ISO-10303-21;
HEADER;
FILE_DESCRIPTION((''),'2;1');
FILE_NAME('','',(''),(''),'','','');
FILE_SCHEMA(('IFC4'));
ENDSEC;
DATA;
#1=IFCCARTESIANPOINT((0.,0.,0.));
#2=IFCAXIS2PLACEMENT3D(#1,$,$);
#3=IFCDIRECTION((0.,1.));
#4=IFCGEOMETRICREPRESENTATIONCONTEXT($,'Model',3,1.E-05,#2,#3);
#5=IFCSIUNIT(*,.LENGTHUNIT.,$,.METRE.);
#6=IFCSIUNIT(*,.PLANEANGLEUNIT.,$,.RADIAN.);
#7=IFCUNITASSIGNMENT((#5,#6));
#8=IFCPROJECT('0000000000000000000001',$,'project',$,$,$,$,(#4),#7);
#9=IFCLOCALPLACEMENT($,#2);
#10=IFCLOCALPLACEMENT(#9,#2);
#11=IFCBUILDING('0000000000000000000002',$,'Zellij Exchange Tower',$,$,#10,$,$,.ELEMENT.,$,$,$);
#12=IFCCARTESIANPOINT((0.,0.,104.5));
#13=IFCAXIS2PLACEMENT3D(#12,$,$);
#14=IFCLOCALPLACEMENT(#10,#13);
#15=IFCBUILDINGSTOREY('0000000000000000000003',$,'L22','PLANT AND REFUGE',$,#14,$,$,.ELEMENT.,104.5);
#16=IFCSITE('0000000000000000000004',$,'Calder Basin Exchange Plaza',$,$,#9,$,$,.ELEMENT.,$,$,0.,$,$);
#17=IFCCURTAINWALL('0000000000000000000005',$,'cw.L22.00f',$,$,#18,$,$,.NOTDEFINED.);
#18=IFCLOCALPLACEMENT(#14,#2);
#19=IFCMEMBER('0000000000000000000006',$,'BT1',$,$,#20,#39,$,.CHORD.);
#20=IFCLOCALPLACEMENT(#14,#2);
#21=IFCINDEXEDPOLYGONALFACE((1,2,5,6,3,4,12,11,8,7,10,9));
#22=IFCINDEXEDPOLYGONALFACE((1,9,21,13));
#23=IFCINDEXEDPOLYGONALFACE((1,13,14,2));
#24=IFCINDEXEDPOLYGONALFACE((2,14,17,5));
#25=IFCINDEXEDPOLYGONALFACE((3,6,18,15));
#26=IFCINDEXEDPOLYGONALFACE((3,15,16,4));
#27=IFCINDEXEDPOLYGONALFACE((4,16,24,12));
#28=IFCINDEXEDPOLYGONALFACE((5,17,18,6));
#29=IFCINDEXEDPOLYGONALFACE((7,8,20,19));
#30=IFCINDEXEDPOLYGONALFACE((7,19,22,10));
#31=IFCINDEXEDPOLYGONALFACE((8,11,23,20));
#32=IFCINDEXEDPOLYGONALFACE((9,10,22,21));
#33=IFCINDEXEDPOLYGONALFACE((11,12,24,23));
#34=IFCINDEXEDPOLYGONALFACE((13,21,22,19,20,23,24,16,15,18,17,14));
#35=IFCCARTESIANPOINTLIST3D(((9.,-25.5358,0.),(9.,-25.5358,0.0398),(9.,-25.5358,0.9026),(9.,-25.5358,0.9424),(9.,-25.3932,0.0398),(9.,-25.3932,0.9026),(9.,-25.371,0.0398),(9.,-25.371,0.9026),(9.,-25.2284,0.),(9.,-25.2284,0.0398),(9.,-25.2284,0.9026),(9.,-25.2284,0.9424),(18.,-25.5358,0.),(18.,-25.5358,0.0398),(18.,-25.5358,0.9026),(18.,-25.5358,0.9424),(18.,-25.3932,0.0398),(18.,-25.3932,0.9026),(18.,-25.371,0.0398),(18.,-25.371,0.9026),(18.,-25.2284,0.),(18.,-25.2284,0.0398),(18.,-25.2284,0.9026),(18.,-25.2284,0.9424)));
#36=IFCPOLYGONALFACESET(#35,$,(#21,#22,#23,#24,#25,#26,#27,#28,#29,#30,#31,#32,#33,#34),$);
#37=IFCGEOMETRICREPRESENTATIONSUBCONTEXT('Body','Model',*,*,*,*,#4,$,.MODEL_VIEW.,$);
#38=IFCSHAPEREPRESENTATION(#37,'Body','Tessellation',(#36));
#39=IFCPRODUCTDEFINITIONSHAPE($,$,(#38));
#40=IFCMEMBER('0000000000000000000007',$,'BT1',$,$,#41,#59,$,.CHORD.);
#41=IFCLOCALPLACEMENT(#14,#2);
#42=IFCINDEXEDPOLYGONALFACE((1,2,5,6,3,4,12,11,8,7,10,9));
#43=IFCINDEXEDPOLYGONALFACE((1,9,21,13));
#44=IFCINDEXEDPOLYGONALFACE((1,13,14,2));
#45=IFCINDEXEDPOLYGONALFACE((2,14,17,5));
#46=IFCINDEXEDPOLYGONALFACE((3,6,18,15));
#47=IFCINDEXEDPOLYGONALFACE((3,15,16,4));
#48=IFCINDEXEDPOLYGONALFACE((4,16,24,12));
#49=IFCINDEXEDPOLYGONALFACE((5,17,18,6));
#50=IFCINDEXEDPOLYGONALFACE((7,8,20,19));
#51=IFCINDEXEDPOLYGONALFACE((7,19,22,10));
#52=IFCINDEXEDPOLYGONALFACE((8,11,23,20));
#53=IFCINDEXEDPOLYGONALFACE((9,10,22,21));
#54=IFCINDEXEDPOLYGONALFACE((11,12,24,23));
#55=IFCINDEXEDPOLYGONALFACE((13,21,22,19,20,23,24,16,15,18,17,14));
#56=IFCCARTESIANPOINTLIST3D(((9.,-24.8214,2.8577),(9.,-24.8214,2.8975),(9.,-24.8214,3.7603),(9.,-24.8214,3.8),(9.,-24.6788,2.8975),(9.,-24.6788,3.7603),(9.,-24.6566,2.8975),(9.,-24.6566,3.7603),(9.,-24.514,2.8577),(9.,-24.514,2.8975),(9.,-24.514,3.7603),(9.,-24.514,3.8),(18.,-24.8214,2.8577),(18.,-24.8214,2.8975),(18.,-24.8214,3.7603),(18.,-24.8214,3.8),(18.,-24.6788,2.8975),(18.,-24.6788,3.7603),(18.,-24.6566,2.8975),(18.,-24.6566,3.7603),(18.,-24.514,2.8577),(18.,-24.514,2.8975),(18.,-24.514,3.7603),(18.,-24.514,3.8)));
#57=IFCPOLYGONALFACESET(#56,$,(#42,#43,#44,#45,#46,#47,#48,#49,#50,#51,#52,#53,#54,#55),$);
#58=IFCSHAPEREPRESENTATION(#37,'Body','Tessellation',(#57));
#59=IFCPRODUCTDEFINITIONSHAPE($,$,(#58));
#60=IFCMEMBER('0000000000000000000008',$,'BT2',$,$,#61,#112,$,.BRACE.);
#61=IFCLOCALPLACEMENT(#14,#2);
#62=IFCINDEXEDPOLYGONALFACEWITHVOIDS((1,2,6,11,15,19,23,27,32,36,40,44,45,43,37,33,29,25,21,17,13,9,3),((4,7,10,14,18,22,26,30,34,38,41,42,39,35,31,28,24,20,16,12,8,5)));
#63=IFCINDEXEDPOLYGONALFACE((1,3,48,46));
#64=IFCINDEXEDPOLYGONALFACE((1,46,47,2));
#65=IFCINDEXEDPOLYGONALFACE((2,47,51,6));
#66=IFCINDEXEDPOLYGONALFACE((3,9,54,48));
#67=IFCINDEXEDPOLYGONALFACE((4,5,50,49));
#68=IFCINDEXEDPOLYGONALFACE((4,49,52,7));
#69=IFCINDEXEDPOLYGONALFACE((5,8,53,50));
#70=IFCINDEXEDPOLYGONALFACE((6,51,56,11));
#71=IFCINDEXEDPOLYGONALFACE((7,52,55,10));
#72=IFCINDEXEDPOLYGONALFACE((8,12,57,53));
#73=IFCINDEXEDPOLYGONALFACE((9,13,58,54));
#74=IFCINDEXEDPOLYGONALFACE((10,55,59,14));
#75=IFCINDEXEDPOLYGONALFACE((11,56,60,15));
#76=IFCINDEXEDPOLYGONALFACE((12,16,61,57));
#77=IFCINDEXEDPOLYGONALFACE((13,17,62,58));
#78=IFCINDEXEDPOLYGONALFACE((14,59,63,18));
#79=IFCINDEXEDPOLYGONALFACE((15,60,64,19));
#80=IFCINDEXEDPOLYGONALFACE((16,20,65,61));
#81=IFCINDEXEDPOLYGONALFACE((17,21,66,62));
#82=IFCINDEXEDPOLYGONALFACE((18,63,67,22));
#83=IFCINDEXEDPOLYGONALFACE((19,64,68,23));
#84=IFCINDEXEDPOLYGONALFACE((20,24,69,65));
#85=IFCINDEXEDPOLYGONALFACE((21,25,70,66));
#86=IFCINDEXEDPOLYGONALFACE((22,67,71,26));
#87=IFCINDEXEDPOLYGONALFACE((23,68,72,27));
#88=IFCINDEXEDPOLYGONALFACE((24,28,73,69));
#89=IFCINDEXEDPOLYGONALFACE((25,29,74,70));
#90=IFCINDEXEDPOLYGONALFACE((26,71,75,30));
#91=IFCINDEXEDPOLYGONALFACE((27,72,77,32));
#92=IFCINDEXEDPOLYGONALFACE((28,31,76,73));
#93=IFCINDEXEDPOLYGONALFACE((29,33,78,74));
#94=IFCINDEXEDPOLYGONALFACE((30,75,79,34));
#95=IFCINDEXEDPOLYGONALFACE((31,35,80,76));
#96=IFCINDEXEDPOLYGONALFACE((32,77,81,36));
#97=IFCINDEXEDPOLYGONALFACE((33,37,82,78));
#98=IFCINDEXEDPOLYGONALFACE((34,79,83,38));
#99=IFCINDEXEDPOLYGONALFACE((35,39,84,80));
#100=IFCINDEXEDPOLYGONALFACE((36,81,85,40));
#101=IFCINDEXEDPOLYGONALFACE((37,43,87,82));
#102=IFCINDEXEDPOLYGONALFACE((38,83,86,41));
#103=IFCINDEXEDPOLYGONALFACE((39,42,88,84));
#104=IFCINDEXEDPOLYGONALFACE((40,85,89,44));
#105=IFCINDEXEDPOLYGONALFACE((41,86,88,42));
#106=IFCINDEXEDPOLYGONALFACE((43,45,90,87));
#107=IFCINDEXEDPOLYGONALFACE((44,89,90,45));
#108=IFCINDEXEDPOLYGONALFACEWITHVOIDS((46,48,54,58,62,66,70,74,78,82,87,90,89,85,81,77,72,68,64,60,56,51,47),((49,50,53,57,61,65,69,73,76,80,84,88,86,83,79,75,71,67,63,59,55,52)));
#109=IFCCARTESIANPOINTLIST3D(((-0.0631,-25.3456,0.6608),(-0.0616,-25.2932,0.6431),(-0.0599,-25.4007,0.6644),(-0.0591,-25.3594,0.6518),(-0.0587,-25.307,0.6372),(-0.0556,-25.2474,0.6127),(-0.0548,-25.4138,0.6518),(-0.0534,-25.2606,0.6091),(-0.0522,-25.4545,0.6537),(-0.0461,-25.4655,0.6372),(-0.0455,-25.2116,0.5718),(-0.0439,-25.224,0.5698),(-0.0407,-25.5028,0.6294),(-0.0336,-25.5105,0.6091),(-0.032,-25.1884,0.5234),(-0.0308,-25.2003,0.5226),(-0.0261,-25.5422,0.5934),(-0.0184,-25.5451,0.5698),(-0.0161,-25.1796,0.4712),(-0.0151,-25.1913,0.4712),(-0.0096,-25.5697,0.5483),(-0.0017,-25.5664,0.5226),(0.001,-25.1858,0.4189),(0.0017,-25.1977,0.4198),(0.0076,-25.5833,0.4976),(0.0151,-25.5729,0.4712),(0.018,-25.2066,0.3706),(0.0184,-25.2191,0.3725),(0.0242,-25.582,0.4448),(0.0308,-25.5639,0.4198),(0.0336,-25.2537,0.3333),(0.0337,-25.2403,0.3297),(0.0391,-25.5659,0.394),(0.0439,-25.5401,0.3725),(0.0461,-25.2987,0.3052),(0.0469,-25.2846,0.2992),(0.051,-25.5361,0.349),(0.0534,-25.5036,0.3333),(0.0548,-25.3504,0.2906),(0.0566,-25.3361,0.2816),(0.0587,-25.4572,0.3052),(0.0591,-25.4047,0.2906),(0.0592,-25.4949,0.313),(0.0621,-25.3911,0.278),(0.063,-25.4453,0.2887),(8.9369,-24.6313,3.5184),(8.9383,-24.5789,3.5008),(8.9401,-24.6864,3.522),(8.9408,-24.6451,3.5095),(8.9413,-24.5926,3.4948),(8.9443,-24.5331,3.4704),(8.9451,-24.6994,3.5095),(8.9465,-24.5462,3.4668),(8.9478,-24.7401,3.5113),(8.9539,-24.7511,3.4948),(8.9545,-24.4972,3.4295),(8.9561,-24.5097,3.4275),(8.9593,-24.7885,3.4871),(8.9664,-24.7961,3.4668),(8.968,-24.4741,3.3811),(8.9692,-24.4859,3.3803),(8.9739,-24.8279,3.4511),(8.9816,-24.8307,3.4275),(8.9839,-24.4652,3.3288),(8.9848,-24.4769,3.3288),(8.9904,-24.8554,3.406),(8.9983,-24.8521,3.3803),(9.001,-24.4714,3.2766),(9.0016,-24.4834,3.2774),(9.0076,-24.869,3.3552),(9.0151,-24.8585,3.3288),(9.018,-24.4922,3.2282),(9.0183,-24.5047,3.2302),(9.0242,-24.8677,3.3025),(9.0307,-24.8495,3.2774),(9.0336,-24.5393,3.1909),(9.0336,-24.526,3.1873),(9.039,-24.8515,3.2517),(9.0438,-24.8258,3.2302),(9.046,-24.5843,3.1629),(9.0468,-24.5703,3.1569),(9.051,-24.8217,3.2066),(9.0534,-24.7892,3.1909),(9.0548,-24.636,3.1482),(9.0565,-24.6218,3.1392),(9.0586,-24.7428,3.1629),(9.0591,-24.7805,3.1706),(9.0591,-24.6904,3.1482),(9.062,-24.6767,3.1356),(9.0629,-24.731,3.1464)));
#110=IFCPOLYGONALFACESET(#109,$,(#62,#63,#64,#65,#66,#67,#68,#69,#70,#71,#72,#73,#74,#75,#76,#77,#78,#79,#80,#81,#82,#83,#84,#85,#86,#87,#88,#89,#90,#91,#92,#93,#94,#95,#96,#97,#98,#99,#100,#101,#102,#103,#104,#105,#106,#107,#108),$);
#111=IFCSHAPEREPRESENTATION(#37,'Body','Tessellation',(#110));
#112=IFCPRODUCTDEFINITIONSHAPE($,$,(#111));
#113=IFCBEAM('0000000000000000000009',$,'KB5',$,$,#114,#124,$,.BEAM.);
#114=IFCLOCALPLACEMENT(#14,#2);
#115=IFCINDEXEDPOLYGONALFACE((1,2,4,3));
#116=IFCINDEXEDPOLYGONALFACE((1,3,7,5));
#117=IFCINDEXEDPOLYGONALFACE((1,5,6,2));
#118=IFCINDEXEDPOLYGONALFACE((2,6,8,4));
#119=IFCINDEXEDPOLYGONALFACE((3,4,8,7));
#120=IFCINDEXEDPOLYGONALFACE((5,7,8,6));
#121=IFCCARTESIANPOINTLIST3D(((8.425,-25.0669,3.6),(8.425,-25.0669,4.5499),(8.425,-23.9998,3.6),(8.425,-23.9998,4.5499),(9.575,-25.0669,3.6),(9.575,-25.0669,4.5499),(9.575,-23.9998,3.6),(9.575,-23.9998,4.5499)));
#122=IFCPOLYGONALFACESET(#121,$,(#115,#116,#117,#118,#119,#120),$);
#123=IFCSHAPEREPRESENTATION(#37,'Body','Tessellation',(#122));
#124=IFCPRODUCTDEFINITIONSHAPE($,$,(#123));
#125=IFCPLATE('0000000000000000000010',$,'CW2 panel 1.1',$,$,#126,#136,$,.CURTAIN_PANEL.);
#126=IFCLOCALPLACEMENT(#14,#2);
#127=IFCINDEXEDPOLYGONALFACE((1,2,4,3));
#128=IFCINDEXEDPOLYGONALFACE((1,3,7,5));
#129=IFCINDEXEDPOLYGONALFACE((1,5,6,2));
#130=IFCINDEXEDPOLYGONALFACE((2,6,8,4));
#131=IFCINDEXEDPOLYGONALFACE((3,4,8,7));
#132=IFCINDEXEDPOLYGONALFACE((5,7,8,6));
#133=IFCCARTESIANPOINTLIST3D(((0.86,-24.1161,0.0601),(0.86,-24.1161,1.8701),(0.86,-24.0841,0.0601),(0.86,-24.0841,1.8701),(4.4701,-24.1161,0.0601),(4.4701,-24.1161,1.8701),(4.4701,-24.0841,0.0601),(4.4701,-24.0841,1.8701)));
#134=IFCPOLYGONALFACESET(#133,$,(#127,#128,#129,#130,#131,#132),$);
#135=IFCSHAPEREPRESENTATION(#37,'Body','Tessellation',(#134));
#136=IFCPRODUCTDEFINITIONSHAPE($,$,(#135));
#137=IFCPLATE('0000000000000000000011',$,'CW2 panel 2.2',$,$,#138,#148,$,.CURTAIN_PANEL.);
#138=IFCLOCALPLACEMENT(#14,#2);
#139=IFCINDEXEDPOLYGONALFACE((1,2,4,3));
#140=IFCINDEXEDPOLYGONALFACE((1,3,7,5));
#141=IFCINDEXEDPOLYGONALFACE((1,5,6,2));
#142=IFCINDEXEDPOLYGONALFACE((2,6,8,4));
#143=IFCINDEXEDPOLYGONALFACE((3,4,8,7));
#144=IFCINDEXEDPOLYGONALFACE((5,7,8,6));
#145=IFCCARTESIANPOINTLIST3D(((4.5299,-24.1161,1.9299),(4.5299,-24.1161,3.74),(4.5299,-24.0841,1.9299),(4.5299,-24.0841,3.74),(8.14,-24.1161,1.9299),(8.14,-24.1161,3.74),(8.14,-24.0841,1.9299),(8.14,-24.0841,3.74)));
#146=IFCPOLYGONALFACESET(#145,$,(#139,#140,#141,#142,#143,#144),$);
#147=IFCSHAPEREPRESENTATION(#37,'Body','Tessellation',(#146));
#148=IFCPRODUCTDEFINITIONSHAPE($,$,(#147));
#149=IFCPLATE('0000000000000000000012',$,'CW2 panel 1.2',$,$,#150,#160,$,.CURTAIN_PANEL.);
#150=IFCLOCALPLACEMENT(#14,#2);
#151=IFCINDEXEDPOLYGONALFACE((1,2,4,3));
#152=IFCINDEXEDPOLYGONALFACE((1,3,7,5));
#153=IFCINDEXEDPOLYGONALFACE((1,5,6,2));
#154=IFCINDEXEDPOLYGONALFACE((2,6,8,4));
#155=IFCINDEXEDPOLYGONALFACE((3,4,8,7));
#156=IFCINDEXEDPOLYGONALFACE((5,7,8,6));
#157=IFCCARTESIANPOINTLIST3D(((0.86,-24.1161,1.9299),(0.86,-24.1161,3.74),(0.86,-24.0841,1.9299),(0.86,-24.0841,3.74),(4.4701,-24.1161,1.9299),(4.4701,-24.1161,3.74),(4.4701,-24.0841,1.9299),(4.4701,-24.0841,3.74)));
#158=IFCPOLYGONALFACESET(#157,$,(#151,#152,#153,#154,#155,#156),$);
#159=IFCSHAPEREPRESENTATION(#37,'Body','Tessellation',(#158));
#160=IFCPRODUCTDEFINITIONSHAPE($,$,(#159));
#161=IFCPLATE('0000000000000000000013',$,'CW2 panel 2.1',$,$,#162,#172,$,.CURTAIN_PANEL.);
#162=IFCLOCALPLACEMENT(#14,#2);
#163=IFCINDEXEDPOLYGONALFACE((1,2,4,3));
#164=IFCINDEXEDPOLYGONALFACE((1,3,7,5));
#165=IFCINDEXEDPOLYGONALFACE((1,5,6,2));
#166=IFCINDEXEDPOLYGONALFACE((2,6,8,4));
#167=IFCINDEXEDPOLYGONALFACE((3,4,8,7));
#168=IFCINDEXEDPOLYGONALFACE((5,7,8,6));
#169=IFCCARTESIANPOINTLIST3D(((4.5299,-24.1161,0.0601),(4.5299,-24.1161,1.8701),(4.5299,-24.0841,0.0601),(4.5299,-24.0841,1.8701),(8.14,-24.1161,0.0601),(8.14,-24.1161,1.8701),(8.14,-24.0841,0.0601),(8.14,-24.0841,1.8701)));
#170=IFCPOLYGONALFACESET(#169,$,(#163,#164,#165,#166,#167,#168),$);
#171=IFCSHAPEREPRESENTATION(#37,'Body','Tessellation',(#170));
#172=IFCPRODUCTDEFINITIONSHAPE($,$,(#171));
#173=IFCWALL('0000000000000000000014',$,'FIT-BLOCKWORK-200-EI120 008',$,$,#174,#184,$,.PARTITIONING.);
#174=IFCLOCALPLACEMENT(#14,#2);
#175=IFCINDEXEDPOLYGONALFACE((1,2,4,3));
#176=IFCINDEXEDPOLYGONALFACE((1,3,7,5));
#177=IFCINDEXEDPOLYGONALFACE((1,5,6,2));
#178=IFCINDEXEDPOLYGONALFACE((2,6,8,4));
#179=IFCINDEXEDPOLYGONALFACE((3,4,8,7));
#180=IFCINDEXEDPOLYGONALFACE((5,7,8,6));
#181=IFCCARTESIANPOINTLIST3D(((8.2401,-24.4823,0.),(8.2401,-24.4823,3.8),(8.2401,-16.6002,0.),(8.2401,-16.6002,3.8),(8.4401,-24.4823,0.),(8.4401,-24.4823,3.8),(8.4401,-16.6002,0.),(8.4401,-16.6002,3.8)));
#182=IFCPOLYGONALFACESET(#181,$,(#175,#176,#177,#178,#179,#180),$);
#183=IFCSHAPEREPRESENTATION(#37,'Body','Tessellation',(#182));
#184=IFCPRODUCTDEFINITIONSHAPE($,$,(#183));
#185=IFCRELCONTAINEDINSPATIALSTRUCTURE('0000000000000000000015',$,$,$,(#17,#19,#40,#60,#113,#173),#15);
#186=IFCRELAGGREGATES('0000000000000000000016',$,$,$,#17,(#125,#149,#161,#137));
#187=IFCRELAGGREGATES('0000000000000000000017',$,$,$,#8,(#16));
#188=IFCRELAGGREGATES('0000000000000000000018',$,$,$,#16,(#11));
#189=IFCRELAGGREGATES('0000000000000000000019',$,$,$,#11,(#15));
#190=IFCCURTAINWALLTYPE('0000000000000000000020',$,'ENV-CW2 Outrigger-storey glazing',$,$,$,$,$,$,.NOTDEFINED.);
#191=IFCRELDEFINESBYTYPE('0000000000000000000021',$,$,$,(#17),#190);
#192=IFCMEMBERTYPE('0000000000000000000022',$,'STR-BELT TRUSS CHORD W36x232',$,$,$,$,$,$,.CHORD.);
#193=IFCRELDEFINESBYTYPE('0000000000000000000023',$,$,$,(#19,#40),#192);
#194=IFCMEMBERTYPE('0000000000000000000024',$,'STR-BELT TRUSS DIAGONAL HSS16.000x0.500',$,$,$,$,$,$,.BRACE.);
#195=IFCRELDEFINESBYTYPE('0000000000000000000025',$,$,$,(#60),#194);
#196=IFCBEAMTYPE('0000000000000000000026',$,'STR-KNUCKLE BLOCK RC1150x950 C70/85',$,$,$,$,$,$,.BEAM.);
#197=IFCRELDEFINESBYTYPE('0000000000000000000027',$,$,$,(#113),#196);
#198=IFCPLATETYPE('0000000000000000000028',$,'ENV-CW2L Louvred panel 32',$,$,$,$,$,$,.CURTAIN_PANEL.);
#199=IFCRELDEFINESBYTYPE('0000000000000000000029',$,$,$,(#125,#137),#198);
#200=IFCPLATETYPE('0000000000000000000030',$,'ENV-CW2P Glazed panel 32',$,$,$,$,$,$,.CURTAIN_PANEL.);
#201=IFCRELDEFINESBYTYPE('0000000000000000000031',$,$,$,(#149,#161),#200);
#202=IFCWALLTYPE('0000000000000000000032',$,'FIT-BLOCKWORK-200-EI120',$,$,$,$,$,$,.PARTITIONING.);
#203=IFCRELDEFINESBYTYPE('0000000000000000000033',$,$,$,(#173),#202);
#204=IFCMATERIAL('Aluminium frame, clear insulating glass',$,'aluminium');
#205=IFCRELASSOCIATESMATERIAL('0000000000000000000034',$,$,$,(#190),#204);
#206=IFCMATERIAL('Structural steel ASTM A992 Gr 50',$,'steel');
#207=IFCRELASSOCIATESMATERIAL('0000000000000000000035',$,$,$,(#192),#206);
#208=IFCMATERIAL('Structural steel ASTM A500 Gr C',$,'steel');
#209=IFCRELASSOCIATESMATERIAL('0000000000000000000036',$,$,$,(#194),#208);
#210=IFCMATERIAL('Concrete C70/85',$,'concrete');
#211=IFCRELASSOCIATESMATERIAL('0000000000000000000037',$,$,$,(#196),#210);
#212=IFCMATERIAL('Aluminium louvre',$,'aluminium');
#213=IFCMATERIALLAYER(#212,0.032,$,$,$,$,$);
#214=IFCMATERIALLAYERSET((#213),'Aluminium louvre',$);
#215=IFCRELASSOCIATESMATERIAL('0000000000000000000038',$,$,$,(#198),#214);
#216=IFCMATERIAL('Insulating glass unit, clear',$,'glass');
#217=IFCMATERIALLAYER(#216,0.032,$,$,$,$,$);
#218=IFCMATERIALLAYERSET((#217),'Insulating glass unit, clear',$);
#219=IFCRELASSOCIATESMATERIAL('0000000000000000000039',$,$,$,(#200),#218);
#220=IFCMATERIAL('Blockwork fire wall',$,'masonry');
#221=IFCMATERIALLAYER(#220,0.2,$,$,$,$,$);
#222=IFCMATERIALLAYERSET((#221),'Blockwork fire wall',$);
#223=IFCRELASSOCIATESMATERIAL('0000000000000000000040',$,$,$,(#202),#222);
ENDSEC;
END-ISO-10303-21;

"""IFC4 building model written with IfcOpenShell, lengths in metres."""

from ifc_helpers import new_model, si_unit, direction, frame, frame_2d, origin, origin_2d, place, context, subcontext, project, spatial, rectangle, hollow_circle, i_section, extrude, material, layer, layer_set, material_profile, profile_set, type_object, element, aggregate, save


model = new_model("IFC4")

# Units and contexts
model_context = context("Model", 3, precision=1e-05, world=origin(), true_north=direction((0.0, 1.0)))
body_context = subcontext(model_context, "Body", "Model", "MODEL_VIEW")
ifc_project = project(units=[si_unit("LENGTHUNIT", "METRE"), si_unit("PLANEANGLEUNIT", "RADIAN")], contexts=[model_context])

# Site, building, storey
site_placement = place(None, origin())
site = spatial("IfcSite", under=ifc_project, at=site_placement, Name="Calder Basin Exchange Plaza", CompositionType="ELEMENT", RefElevation=0.0)
building_placement = place(site_placement, origin())
building = spatial("IfcBuilding", under=site, at=building_placement, Name="Zellij Exchange Tower", CompositionType="ELEMENT")
storey_placement = place(building_placement, frame((0.0, 0.0, 104.5)))
storey = spatial("IfcBuildingStorey", under=building, at=storey_placement, Name="L22", Description="PLANT AND REFUGE", CompositionType="ELEMENT", Elevation=104.5)

# Shared definitions
ifc_material_1 = material(Name="Concrete C70/85", Category="concrete")

# Curtain wall
ifc_material_2 = material(Name="Aluminium frame, clear insulating glass", Category="aluminium")
curtain_wall_type = type_object("IfcCurtainWallType", Name="ENV-CW2 Outrigger-storey glazing", PredefinedType="NOTDEFINED", material=ifc_material_2)
curtain_wall_placement = place(storey_placement, origin())
curtain_wall = element("IfcCurtainWall", 1, at=curtain_wall_placement, inside=storey, type_object=curtain_wall_type, Name="cw.L22.00f", PredefinedType="NOTDEFINED")

# Members
ifc_material_3 = material(Name="Structural steel ASTM A992 Gr 50", Category="steel")
ifc_material_profile_1 = material_profile(ifc_material_3, i_section(OverallWidth=0.3074, OverallDepth=0.9424, WebThickness=0.0222, FlangeThickness=0.0398, at=origin_2d()), Name="W36x232")
ifc_profile_set_1 = profile_set([ifc_material_profile_1], Name="Structural steel ASTM A992 Gr 50")
member_type_1 = type_object("IfcMemberType", Name="STR-BELT TRUSS CHORD W36x232", PredefinedType="CHORD", material=ifc_profile_set_1)
for number, where, z_axis, x_axis, name in (
    (2, (9.0, -25.3821, 0.4712), (1.0, 0.0, 0.0), (0.0, 1.0, 0.0), "BT1"),
    (3, (9.0, -24.6677, 3.3289), (1.0, 0.0, 0.0), (0.0, 1.0, 0.0), "BT1"),
):
    element("IfcMember", number, at=place(storey_placement, frame(where, z_axis=z_axis, x_axis=x_axis)), inside=storey, type_object=member_type_1, Name=name, PredefinedType="CHORD", context=body_context, shape_type="SweptSolid", body=[
        extrude(i_section(OverallWidth=0.3074, OverallDepth=0.9424, WebThickness=0.0222, FlangeThickness=0.0398, at=origin_2d()), origin(), (0.0, 0.0, 1.0), 9.0),
    ])
ifc_material_4 = material(Name="Structural steel ASTM A500 Gr C", Category="steel")
ifc_material_profile_2 = material_profile(ifc_material_4, hollow_circle(Radius=0.2031, WallThickness=0.0117, at=origin_2d()), Name="STR-BELT TRUSS DIAGONAL HSS16.000x0.500")
ifc_profile_set_2 = profile_set([ifc_material_profile_2], Name="Structural steel ASTM A500 Gr C")
member_type_2 = type_object("IfcMemberType", Name="STR-BELT TRUSS DIAGONAL HSS16.000x0.500", PredefinedType="BRACE", material=ifc_profile_set_2)
member_1_placement = place(storey_placement, frame((0.0, -25.3821, 0.4712), z_axis=(0.950393, 0.075435, 0.301767), x_axis=(-0.079124, 0.996865, 0.0)))
element("IfcMember", 4, at=member_1_placement, inside=storey, type_object=member_type_2, Name="BT2", PredefinedType="BRACE", context=body_context, shape_type="SweptSolid", body=[
    extrude(hollow_circle(Radius=0.2031, WallThickness=0.0117, at=origin_2d()), origin(), (0.0, 0.0, 1.0), 9.4697),
])

# Beam
ifc_material_profile_3 = material_profile(ifc_material_1, rectangle(XDim=1.1499, YDim=0.95, at=origin_2d()), Name="STR-KNUCKLE BLOCK RC1150x950 C70/85")
ifc_profile_set_3 = profile_set([ifc_material_profile_3], Name="Concrete C70/85")
beam_type = type_object("IfcBeamType", Name="STR-KNUCKLE BLOCK RC1150x950 C70/85", PredefinedType="BEAM", material=ifc_profile_set_3)
beam_placement = place(storey_placement, frame((9.0, -25.0669, 4.075), z_axis=(0.0, 1.0, 0.0), x_axis=(-1.0, 0.0, 0.0)))
element("IfcBeam", 5, at=beam_placement, inside=storey, type_object=beam_type, Name="KB5", PredefinedType="BEAM", context=body_context, shape_type="SweptSolid", body=[
    extrude(rectangle(XDim=1.1499, YDim=0.95, at=origin_2d()), origin(), (0.0, 0.0, 1.0), 1.0671),
])

# Plates
ifc_material_5 = material(Name="Aluminium louvre", Category="aluminium")
ifc_layer_1 = layer(ifc_material_5, 0.032)
ifc_layer_set_1 = layer_set([ifc_layer_1], Name="Aluminium louvre")
plate_type_1 = type_object("IfcPlateType", Name="ENV-CW2L Louvred panel 32", PredefinedType="CURTAIN_PANEL", material=ifc_layer_set_1)
plate_1_placement = place(storey_placement, frame((2.665, -24.1001, 0.0601), z_axis=(0.0, 0.0, 1.0), x_axis=(1.0, 0.0, 0.0)))
plate_1 = element("IfcPlate", 6, at=plate_1_placement, type_object=plate_type_1, Name="CW2 panel 1.1", PredefinedType="CURTAIN_PANEL", context=body_context, shape_type="SweptSolid", body=[
    extrude(rectangle(XDim=3.6101, YDim=0.032, at=origin_2d()), origin(), (0.0, 0.0, 1.0), 1.8101),
])
plate_2_placement = place(storey_placement, frame((6.335, -24.1001, 1.9299), z_axis=(0.0, 0.0, 1.0), x_axis=(1.0, 0.0, 0.0)))
plate_2 = element("IfcPlate", 7, at=plate_2_placement, type_object=plate_type_1, Name="CW2 panel 2.2", PredefinedType="CURTAIN_PANEL", context=body_context, shape_type="SweptSolid", body=[
    extrude(rectangle(XDim=3.6101, YDim=0.032, at=origin_2d()), origin(), (0.0, 0.0, 1.0), 1.8101),
])
ifc_material_6 = material(Name="Insulating glass unit, clear", Category="glass")
ifc_layer_2 = layer(ifc_material_6, 0.032)
ifc_layer_set_2 = layer_set([ifc_layer_2], Name="Insulating glass unit, clear")
plate_type_2 = type_object("IfcPlateType", Name="ENV-CW2P Glazed panel 32", PredefinedType="CURTAIN_PANEL", material=ifc_layer_set_2)
plate_3_placement = place(storey_placement, frame((2.665, -24.1001, 1.9299), z_axis=(0.0, 0.0, 1.0), x_axis=(1.0, 0.0, 0.0)))
plate_3 = element("IfcPlate", 8, at=plate_3_placement, type_object=plate_type_2, Name="CW2 panel 1.2", PredefinedType="CURTAIN_PANEL", context=body_context, shape_type="SweptSolid", body=[
    extrude(rectangle(XDim=3.6101, YDim=0.032, at=origin_2d()), origin(), (0.0, 0.0, 1.0), 1.8101),
])
plate_4_placement = place(storey_placement, frame((6.335, -24.1001, 0.0601), z_axis=(0.0, 0.0, 1.0), x_axis=(1.0, 0.0, 0.0)))
plate_4 = element("IfcPlate", 9, at=plate_4_placement, type_object=plate_type_2, Name="CW2 panel 2.1", PredefinedType="CURTAIN_PANEL", context=body_context, shape_type="SweptSolid", body=[
    extrude(rectangle(XDim=3.6101, YDim=0.032, at=origin_2d()), origin(), (0.0, 0.0, 1.0), 1.8101),
])
aggregate(curtain_wall, [plate_1, plate_3, plate_4, plate_2])

# Wall
ifc_material_7 = material(Name="Blockwork fire wall", Category="masonry")
ifc_layer_3 = layer(ifc_material_7, 0.2)
ifc_layer_set_3 = layer_set([ifc_layer_3], Name="Blockwork fire wall")
wall_type = type_object("IfcWallType", Name="FIT-BLOCKWORK-200-EI120", PredefinedType="PARTITIONING", material=ifc_layer_set_3)
wall_placement = place(storey_placement, frame((8.3401, -24.4822, 0.0), z_axis=(0.0, 0.0, 1.0), x_axis=(0.0, 1.0, 0.0)))
element("IfcWall", 10, at=wall_placement, inside=storey, type_object=wall_type, Name="FIT-BLOCKWORK-200-EI120 008", PredefinedType="PARTITIONING", context=body_context, shape_type="SweptSolid", body=[
    extrude(rectangle(XDim=7.8821, YDim=0.2, at=frame_2d((3.9409, 0.0))), origin(), (0.0, 0.0, 1.0), 3.8),
])

save(model, "model.ifc")
